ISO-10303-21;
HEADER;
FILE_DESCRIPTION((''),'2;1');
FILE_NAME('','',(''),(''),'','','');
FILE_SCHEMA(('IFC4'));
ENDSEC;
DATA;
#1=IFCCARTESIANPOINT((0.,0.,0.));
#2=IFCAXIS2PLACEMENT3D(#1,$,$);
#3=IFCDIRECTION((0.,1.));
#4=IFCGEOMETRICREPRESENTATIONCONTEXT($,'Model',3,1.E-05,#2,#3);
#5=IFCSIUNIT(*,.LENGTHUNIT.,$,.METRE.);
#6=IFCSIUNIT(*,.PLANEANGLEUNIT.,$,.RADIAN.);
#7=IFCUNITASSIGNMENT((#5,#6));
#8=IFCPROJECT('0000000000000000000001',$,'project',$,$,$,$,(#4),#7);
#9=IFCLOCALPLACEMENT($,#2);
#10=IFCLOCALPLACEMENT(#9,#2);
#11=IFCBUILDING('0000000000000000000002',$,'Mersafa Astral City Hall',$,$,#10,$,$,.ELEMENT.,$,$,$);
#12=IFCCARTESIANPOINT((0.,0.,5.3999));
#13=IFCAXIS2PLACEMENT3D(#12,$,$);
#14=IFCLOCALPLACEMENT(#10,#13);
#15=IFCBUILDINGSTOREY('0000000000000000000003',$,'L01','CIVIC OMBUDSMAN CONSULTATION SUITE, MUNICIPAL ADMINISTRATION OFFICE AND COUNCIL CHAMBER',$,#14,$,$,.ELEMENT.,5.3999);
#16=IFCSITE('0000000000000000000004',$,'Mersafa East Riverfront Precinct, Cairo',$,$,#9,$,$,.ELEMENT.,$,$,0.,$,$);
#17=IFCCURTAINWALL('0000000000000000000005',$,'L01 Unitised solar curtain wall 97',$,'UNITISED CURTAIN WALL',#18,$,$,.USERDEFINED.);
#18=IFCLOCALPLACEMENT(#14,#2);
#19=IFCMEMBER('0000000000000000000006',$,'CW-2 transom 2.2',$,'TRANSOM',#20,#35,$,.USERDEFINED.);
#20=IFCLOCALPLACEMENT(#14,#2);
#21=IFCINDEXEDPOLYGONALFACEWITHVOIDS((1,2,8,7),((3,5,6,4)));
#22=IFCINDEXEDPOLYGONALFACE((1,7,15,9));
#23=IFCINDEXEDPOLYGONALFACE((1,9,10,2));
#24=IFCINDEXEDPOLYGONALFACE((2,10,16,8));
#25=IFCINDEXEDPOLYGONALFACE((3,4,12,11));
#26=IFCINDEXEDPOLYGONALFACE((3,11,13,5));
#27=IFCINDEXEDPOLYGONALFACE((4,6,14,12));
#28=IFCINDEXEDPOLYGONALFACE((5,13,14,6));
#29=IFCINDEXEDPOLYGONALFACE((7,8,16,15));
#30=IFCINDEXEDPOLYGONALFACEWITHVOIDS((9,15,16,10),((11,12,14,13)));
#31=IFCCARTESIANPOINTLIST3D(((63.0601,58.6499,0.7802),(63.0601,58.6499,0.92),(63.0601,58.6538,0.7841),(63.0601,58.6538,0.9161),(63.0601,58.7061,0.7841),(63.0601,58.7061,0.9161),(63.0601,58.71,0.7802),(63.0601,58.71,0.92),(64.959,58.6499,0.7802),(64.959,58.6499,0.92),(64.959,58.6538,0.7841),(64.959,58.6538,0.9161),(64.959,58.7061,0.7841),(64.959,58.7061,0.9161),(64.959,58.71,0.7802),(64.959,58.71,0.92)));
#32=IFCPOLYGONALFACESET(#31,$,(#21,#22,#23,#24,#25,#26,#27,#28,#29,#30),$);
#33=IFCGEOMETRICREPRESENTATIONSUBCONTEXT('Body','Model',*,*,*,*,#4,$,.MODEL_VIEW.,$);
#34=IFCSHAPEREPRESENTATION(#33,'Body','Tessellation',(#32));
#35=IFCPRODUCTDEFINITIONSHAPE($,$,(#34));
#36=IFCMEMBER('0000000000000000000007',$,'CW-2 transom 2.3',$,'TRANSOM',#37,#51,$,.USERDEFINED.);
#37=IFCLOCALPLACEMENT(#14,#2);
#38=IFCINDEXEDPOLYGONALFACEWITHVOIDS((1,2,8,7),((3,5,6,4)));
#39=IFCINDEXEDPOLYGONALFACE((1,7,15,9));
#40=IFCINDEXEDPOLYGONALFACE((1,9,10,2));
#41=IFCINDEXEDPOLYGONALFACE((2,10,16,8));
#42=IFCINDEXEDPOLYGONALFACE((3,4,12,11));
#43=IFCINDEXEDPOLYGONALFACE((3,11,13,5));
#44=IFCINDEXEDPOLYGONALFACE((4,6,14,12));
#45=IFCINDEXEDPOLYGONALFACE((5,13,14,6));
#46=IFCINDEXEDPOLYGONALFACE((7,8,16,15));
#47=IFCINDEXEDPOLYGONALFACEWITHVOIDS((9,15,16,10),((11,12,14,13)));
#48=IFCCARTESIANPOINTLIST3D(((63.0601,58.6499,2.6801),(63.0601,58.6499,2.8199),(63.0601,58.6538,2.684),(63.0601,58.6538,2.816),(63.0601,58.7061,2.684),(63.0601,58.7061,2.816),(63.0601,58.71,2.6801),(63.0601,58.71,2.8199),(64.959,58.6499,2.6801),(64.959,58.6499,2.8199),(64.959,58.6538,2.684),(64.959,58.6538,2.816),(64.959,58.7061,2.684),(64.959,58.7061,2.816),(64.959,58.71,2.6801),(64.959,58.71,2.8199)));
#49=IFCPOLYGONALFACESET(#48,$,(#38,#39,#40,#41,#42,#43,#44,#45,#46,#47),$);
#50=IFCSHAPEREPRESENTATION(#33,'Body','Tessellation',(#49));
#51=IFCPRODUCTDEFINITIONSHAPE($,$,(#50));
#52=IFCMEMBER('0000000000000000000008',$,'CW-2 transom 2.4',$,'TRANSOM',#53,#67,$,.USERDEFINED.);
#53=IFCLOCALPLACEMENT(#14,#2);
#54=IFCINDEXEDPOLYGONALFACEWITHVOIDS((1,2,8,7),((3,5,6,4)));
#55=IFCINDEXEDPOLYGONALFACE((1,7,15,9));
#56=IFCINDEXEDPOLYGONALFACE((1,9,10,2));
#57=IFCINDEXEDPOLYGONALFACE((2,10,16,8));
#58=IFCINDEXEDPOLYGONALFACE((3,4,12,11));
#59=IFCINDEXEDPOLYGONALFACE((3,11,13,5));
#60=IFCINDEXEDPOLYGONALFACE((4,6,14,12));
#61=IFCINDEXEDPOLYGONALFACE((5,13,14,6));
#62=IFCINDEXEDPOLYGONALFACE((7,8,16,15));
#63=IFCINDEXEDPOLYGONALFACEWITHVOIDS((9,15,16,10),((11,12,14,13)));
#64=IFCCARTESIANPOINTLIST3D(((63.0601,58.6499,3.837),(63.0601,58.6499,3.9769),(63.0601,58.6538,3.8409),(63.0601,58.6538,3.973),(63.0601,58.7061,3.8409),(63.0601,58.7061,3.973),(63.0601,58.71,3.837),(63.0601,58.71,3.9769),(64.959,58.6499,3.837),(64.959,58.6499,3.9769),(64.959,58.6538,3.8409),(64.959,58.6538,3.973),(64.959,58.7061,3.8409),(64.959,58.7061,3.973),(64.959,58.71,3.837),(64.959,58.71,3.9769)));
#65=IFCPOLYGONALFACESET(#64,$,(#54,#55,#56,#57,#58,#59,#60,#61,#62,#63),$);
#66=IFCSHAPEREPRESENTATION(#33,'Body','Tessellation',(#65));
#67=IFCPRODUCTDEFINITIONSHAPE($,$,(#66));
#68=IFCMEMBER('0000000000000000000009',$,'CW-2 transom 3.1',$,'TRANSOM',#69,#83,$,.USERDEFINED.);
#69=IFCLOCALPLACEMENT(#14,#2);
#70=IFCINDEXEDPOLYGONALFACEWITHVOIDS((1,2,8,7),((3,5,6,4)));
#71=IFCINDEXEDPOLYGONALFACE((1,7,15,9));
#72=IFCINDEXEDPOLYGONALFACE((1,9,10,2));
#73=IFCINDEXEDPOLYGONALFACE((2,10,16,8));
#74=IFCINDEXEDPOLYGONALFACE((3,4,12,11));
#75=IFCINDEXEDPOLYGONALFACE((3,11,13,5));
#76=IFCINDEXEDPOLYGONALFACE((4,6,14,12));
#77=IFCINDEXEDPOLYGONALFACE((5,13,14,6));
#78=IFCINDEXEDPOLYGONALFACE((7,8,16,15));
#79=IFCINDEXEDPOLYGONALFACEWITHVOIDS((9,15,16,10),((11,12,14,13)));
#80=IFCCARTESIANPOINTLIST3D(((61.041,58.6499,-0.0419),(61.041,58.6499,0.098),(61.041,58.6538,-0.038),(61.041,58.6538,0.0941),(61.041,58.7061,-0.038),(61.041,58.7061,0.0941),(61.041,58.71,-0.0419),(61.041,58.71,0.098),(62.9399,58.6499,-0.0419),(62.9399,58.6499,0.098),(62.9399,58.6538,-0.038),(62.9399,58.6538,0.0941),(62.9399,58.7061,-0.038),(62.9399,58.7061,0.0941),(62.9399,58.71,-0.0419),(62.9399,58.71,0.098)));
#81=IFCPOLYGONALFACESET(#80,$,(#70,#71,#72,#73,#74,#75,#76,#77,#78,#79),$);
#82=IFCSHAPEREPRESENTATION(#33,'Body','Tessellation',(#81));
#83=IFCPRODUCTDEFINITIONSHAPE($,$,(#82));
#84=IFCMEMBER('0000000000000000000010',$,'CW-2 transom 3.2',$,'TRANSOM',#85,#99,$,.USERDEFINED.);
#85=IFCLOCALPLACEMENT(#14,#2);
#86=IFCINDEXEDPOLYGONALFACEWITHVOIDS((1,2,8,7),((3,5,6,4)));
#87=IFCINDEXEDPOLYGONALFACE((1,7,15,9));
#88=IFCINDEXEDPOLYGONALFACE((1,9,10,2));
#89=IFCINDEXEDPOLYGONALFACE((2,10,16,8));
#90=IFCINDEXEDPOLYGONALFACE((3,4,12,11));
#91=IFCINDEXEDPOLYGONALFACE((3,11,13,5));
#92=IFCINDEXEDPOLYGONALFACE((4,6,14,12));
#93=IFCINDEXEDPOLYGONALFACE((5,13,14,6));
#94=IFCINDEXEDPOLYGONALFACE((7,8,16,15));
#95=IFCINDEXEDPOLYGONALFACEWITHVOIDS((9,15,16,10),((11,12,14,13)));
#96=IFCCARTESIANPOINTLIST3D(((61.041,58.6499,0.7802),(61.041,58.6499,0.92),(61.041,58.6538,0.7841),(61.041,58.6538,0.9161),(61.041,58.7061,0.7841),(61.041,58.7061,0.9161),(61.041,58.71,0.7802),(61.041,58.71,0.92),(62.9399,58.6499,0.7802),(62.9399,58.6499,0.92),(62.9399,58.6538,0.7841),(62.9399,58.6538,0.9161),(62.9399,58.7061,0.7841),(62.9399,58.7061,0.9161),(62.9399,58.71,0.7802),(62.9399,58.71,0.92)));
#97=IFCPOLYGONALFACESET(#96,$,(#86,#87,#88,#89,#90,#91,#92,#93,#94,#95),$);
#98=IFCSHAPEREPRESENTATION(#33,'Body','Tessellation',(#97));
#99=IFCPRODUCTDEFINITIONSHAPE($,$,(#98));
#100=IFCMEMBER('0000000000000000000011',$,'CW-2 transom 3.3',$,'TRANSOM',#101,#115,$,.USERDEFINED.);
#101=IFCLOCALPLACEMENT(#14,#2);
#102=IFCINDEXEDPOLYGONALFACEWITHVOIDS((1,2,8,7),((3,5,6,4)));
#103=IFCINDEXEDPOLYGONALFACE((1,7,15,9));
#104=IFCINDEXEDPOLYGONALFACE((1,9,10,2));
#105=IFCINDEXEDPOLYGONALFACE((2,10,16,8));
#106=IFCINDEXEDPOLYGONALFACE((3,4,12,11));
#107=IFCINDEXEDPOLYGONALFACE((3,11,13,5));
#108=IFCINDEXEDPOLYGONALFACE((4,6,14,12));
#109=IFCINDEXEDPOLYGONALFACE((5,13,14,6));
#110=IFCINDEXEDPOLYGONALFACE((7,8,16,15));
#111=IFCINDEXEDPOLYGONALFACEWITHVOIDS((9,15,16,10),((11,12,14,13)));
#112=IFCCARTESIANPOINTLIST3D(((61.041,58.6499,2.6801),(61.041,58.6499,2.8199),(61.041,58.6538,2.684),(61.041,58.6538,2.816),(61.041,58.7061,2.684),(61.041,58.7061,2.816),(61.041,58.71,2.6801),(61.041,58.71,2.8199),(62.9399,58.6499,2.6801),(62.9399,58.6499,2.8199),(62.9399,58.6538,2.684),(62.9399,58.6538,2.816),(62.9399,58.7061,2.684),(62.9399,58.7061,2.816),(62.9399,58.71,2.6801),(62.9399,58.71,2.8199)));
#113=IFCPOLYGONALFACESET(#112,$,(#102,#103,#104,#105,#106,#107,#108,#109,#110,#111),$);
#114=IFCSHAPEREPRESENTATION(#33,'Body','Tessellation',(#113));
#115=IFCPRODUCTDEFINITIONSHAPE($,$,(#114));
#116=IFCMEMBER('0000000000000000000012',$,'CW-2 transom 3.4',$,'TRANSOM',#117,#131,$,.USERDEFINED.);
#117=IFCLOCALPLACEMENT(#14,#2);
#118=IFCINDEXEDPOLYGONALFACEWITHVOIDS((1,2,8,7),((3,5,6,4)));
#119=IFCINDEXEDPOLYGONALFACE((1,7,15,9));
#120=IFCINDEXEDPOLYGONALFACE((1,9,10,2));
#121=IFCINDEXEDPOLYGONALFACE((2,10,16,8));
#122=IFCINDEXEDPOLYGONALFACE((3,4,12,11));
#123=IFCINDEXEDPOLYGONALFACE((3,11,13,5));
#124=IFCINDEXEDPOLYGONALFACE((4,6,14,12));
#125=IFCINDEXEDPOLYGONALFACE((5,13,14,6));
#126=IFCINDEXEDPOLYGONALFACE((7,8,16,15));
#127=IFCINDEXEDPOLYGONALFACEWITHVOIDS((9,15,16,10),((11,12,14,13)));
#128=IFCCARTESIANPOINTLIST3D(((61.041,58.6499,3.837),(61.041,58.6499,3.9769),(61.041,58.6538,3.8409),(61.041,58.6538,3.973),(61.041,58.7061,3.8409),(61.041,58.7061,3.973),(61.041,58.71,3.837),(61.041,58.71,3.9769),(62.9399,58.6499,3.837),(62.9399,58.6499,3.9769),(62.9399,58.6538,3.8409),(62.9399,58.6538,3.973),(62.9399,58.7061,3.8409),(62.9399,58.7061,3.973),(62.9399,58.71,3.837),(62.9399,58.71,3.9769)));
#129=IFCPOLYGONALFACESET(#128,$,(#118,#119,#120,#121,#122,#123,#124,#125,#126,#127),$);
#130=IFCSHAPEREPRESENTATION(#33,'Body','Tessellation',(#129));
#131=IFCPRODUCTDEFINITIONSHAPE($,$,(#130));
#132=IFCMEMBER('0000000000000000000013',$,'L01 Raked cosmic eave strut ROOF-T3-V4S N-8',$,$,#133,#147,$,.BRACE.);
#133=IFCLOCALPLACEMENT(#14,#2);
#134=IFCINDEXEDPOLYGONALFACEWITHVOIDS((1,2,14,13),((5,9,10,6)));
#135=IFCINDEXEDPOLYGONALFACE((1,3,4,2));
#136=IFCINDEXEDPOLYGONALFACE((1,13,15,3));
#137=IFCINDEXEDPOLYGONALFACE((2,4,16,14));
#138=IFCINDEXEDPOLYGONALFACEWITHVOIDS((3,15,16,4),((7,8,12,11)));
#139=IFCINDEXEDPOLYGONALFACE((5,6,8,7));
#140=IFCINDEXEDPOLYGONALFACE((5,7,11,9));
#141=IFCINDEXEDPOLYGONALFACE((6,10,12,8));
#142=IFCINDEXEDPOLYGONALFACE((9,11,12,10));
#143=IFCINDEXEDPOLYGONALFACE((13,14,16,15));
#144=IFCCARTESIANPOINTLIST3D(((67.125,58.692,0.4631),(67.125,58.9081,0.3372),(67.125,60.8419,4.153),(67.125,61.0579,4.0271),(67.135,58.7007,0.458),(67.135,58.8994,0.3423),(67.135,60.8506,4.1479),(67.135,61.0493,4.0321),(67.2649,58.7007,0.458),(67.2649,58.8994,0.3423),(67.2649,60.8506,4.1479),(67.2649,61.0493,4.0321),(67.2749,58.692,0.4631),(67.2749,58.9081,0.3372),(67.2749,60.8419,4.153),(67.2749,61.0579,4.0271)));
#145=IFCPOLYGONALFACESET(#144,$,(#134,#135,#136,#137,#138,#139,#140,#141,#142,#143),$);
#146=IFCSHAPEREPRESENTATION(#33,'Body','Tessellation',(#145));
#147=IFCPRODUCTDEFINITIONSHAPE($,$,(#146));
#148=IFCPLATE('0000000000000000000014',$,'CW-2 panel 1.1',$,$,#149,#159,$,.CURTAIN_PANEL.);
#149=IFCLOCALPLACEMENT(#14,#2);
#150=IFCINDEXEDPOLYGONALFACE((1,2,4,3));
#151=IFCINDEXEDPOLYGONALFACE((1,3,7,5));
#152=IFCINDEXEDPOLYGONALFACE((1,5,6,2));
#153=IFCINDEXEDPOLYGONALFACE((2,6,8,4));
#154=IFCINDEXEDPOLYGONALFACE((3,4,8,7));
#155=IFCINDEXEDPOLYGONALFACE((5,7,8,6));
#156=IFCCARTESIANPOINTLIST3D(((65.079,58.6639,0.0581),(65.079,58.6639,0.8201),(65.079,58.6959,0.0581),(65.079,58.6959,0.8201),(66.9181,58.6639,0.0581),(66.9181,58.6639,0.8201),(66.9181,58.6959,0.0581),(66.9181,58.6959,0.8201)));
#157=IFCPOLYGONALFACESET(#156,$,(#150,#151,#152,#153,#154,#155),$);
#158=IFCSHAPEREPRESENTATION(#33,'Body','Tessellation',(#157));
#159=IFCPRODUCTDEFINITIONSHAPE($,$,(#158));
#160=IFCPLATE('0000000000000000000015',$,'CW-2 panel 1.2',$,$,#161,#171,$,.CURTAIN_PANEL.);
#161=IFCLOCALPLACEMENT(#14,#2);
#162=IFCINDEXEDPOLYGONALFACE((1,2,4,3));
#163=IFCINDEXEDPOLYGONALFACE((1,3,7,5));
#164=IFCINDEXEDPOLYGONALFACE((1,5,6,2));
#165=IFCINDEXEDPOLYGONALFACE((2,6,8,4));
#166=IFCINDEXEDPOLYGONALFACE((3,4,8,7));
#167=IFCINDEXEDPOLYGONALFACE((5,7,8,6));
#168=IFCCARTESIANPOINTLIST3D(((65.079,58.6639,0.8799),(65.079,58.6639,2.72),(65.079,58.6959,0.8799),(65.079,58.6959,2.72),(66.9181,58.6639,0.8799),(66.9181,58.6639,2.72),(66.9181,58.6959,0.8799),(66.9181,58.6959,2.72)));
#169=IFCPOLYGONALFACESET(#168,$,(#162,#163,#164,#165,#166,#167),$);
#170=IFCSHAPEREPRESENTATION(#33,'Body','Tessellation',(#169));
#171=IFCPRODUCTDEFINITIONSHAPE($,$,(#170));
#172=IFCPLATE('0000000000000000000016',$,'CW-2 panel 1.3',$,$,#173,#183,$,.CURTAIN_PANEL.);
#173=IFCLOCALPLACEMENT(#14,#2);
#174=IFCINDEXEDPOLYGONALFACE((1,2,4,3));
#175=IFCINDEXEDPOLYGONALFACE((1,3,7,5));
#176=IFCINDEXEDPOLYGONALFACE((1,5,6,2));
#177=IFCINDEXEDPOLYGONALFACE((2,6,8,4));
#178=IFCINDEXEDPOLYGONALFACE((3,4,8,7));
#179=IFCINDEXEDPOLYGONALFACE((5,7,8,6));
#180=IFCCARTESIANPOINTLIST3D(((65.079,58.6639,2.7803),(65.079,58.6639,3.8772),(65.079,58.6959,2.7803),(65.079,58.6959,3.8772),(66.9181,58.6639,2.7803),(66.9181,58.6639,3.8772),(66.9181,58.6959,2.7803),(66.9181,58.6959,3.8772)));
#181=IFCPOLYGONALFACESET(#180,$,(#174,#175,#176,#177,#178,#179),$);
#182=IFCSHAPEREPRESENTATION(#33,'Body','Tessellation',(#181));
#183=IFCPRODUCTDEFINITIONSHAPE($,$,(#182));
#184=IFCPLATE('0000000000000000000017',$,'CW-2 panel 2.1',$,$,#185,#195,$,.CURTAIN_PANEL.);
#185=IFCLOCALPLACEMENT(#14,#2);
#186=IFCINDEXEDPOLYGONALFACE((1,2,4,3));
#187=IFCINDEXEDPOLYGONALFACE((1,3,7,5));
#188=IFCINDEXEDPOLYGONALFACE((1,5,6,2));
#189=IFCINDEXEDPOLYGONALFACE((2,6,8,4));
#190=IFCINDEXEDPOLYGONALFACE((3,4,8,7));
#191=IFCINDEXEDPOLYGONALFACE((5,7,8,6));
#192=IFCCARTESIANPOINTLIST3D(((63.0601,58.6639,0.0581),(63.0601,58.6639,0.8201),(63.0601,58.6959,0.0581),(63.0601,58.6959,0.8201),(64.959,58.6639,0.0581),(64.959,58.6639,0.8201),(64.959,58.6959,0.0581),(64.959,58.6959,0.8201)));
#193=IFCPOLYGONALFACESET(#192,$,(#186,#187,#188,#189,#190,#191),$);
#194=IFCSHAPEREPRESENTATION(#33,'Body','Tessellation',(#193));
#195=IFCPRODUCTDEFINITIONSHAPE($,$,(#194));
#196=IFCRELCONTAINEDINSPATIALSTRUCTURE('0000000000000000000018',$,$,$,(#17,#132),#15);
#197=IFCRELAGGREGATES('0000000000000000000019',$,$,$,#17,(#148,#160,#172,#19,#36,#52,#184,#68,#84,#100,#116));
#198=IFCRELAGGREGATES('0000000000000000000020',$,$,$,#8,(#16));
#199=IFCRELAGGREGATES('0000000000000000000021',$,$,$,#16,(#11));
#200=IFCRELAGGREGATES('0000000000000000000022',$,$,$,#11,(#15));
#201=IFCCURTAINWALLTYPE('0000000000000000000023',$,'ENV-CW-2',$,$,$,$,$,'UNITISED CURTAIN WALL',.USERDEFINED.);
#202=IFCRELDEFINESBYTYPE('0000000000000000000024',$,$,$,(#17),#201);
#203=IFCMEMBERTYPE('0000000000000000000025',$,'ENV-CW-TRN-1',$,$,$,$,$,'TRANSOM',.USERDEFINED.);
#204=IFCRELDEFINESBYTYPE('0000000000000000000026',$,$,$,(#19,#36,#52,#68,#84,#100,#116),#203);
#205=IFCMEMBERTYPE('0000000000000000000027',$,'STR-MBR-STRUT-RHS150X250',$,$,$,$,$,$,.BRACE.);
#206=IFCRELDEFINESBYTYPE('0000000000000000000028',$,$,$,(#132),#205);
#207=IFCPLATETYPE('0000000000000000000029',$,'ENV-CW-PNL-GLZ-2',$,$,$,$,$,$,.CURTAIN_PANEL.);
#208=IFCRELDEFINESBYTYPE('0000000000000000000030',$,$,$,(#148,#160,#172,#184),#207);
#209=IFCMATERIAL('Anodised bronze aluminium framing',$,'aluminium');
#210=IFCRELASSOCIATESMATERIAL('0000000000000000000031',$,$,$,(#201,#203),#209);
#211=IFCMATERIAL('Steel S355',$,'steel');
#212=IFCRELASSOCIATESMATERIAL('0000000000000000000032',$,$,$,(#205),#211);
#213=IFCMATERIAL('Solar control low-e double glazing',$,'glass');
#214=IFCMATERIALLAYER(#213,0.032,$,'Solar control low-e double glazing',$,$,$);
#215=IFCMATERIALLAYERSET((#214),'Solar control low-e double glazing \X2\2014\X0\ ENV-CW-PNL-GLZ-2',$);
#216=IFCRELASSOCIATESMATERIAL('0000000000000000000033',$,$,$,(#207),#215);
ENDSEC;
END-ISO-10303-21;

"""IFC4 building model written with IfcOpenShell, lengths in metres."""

from ifc_helpers import new_model, si_unit, direction, frame, origin, origin_2d, place, context, subcontext, project, spatial, rectangle, hollow_rectangle, extrude, material, layer, layer_set, material_profile, profile_set, type_object, element, aggregate, save


model = new_model("IFC4")

# Units and contexts
model_context = context("Model", 3, precision=1e-05, world=origin(), true_north=direction((0.0, 1.0)))
body_context = subcontext(model_context, "Body", "Model", "MODEL_VIEW")
ifc_project = project(units=[si_unit("LENGTHUNIT", "METRE"), si_unit("PLANEANGLEUNIT", "RADIAN")], contexts=[model_context])

# Site, building, storey
site_placement = place(None, origin())
site = spatial("IfcSite", under=ifc_project, at=site_placement, Name="Mersafa East Riverfront Precinct, Cairo", CompositionType="ELEMENT", RefElevation=0.0)
building_placement = place(site_placement, origin())
building = spatial("IfcBuilding", under=site, at=building_placement, Name="Mersafa Astral City Hall", CompositionType="ELEMENT")
storey_placement = place(building_placement, frame((0.0, 0.0, 5.3999)))
storey = spatial("IfcBuildingStorey", under=building, at=storey_placement, Name="L01", Description="CIVIC OMBUDSMAN CONSULTATION SUITE, MUNICIPAL ADMINISTRATION OFFICE AND COUNCIL CHAMBER", CompositionType="ELEMENT", Elevation=5.3999)

# Shared definitions
ifc_material_1 = material(Name="Steel S355", Category="steel")

# Curtain wall, members
ifc_material_2 = material(Name="Anodised bronze aluminium framing", Category="aluminium")
curtain_wall_type = type_object("IfcCurtainWallType", Name="ENV-CW-2", ElementType="UNITISED CURTAIN WALL", PredefinedType="USERDEFINED", material=ifc_material_2)
curtain_wall_placement = place(storey_placement, origin())
curtain_wall = element("IfcCurtainWall", 1, at=curtain_wall_placement, inside=storey, type_object=curtain_wall_type, Name="L01 Unitised solar curtain wall 97", ObjectType="UNITISED CURTAIN WALL", PredefinedType="USERDEFINED")
ifc_material_profile_1 = material_profile(ifc_material_2, hollow_rectangle(XDim=0.0601, YDim=0.1399, WallThickness=0.0039, at=origin_2d()), Name="RHS 60x140x4")
ifc_profile_set_1 = profile_set([ifc_material_profile_1], Name="Anodised bronze aluminium framing")
member_type_1 = type_object("IfcMemberType", Name="ENV-CW-TRN-1", ElementType="TRANSOM", PredefinedType="USERDEFINED", material=ifc_profile_set_1)
member_1_placement = place(storey_placement, frame((64.959, 58.6799, 0.8501), z_axis=(-1.0, 0.0, 0.0), x_axis=(0.0, -1.0, 0.0)))
member_1 = element("IfcMember", 2, at=member_1_placement, type_object=member_type_1, Name="CW-2 transom 2.2", ObjectType="TRANSOM", PredefinedType="USERDEFINED", context=body_context, shape_type="SweptSolid", body=[
    extrude(hollow_rectangle(XDim=0.0601, YDim=0.1399, WallThickness=0.0039, at=origin_2d()), origin(), (0.0, 0.0, 1.0), 1.8989),
])
member_2_placement = place(storey_placement, frame((64.959, 58.6799, 2.75), z_axis=(-1.0, 0.0, 0.0), x_axis=(0.0, -1.0, 0.0)))
member_2 = element("IfcMember", 3, at=member_2_placement, type_object=member_type_1, Name="CW-2 transom 2.3", ObjectType="TRANSOM", PredefinedType="USERDEFINED", context=body_context, shape_type="SweptSolid", body=[
    extrude(hollow_rectangle(XDim=0.0601, YDim=0.1399, WallThickness=0.0039, at=origin_2d()), origin(), (0.0, 0.0, 1.0), 1.8989),
])
member_3_placement = place(storey_placement, frame((64.959, 58.6799, 3.907), z_axis=(-1.0, 0.0, 0.0), x_axis=(0.0, -1.0, 0.0)))
member_3 = element("IfcMember", 4, at=member_3_placement, type_object=member_type_1, Name="CW-2 transom 2.4", ObjectType="TRANSOM", PredefinedType="USERDEFINED", context=body_context, shape_type="SweptSolid", body=[
    extrude(hollow_rectangle(XDim=0.0601, YDim=0.1399, WallThickness=0.0039, at=origin_2d()), origin(), (0.0, 0.0, 1.0), 1.8989),
])
member_4_placement = place(storey_placement, frame((62.9399, 58.6799, 0.0281), z_axis=(-1.0, 0.0, 0.0), x_axis=(0.0, -1.0, 0.0)))
member_4 = element("IfcMember", 5, at=member_4_placement, type_object=member_type_1, Name="CW-2 transom 3.1", ObjectType="TRANSOM", PredefinedType="USERDEFINED", context=body_context, shape_type="SweptSolid", body=[
    extrude(hollow_rectangle(XDim=0.0601, YDim=0.1399, WallThickness=0.0039, at=origin_2d()), origin(), (0.0, 0.0, 1.0), 1.8989),
])
member_5_placement = place(storey_placement, frame((62.9399, 58.6799, 0.8501), z_axis=(-1.0, 0.0, 0.0), x_axis=(0.0, -1.0, 0.0)))
member_5 = element("IfcMember", 6, at=member_5_placement, type_object=member_type_1, Name="CW-2 transom 3.2", ObjectType="TRANSOM", PredefinedType="USERDEFINED", context=body_context, shape_type="SweptSolid", body=[
    extrude(hollow_rectangle(XDim=0.0601, YDim=0.1399, WallThickness=0.0039, at=origin_2d()), origin(), (0.0, 0.0, 1.0), 1.8989),
])
member_6_placement = place(storey_placement, frame((62.9399, 58.6799, 2.75), z_axis=(-1.0, 0.0, 0.0), x_axis=(0.0, -1.0, 0.0)))
member_6 = element("IfcMember", 7, at=member_6_placement, type_object=member_type_1, Name="CW-2 transom 3.3", ObjectType="TRANSOM", PredefinedType="USERDEFINED", context=body_context, shape_type="SweptSolid", body=[
    extrude(hollow_rectangle(XDim=0.0601, YDim=0.1399, WallThickness=0.0039, at=origin_2d()), origin(), (0.0, 0.0, 1.0), 1.8989),
])
member_7_placement = place(storey_placement, frame((62.9399, 58.6799, 3.907), z_axis=(-1.0, 0.0, 0.0), x_axis=(0.0, -1.0, 0.0)))
member_7 = element("IfcMember", 8, at=member_7_placement, type_object=member_type_1, Name="CW-2 transom 3.4", ObjectType="TRANSOM", PredefinedType="USERDEFINED", context=body_context, shape_type="SweptSolid", body=[
    extrude(hollow_rectangle(XDim=0.0601, YDim=0.1399, WallThickness=0.0039, at=origin_2d()), origin(), (0.0, 0.0, 1.0), 1.8989),
])

# Member
ifc_material_profile_2 = material_profile(ifc_material_1, hollow_rectangle(XDim=0.1499, YDim=0.25, WallThickness=0.01, at=origin_2d()), Name="RHS 150x250x10")
ifc_profile_set_2 = profile_set([ifc_material_profile_2], Name="Steel S355")
member_type_2 = type_object("IfcMemberType", Name="STR-MBR-STRUT-RHS150X250", PredefinedType="BRACE", material=ifc_profile_set_2)
member_8_placement = place(storey_placement, frame((67.2, 58.8, 0.4001), z_axis=(0.0, 0.503423, 0.86404), x_axis=(-1.0, 0.0, 0.0)))
element("IfcMember", 9, at=member_8_placement, inside=storey, type_object=member_type_2, Name="L01 Raked cosmic eave strut ROOF-T3-V4S N-8", PredefinedType="BRACE", context=body_context, shape_type="SweptSolid", body=[
    extrude(hollow_rectangle(XDim=0.1499, YDim=0.25, WallThickness=0.01, at=origin_2d()), origin(), (0.0, 0.0, 1.0), 4.2705),
])

# Plates
ifc_material_3 = material(Name="Solar control low-e double glazing", Category="glass")
ifc_layer = layer(ifc_material_3, 0.032, Name="Solar control low-e double glazing")
ifc_layer_set = layer_set([ifc_layer], Name="Solar control low-e double glazing — ENV-CW-PNL-GLZ-2")
plate_type = type_object("IfcPlateType", Name="ENV-CW-PNL-GLZ-2", PredefinedType="CURTAIN_PANEL", material=ifc_layer_set)
plate_1_placement = place(storey_placement, frame((65.9985, 58.6799, 0.0581), z_axis=(0.0, 0.0, 1.0), x_axis=(-1.0, 0.0, 0.0)))
plate_1 = element("IfcPlate", 10, at=plate_1_placement, type_object=plate_type, Name="CW-2 panel 1.1", PredefinedType="CURTAIN_PANEL", context=body_context, shape_type="SweptSolid", body=[
    extrude(rectangle(XDim=1.8391, YDim=0.032, at=origin_2d()), origin(), (0.0, 0.0, 1.0), 0.762),
])
plate_2_placement = place(storey_placement, frame((65.9985, 58.6799, 0.8799), z_axis=(0.0, 0.0, 1.0), x_axis=(-1.0, 0.0, 0.0)))
plate_2 = element("IfcPlate", 11, at=plate_2_placement, type_object=plate_type, Name="CW-2 panel 1.2", PredefinedType="CURTAIN_PANEL", context=body_context, shape_type="SweptSolid", body=[
    extrude(rectangle(XDim=1.8391, YDim=0.032, at=origin_2d()), origin(), (0.0, 0.0, 1.0), 1.8401),
])
plate_3_placement = place(storey_placement, frame((65.9985, 58.6799, 2.7803), z_axis=(0.0, 0.0, 1.0), x_axis=(-1.0, 0.0, 0.0)))
plate_3 = element("IfcPlate", 12, at=plate_3_placement, type_object=plate_type, Name="CW-2 panel 1.3", PredefinedType="CURTAIN_PANEL", context=body_context, shape_type="SweptSolid", body=[
    extrude(rectangle(XDim=1.8391, YDim=0.032, at=origin_2d()), origin(), (0.0, 0.0, 1.0), 1.0969),
])
plate_4_placement = place(storey_placement, frame((64.0095, 58.6799, 0.0581), z_axis=(0.0, 0.0, 1.0), x_axis=(-1.0, 0.0, 0.0)))
plate_4 = element("IfcPlate", 13, at=plate_4_placement, type_object=plate_type, Name="CW-2 panel 2.1", PredefinedType="CURTAIN_PANEL", context=body_context, shape_type="SweptSolid", body=[
    extrude(rectangle(XDim=1.8989, YDim=0.032, at=origin_2d()), origin(), (0.0, 0.0, 1.0), 0.762),
])
aggregate(curtain_wall, [plate_1, plate_2, plate_3, member_1, member_2, member_3, plate_4, member_4, member_5, member_6, member_7])

save(model, "model.ifc")
